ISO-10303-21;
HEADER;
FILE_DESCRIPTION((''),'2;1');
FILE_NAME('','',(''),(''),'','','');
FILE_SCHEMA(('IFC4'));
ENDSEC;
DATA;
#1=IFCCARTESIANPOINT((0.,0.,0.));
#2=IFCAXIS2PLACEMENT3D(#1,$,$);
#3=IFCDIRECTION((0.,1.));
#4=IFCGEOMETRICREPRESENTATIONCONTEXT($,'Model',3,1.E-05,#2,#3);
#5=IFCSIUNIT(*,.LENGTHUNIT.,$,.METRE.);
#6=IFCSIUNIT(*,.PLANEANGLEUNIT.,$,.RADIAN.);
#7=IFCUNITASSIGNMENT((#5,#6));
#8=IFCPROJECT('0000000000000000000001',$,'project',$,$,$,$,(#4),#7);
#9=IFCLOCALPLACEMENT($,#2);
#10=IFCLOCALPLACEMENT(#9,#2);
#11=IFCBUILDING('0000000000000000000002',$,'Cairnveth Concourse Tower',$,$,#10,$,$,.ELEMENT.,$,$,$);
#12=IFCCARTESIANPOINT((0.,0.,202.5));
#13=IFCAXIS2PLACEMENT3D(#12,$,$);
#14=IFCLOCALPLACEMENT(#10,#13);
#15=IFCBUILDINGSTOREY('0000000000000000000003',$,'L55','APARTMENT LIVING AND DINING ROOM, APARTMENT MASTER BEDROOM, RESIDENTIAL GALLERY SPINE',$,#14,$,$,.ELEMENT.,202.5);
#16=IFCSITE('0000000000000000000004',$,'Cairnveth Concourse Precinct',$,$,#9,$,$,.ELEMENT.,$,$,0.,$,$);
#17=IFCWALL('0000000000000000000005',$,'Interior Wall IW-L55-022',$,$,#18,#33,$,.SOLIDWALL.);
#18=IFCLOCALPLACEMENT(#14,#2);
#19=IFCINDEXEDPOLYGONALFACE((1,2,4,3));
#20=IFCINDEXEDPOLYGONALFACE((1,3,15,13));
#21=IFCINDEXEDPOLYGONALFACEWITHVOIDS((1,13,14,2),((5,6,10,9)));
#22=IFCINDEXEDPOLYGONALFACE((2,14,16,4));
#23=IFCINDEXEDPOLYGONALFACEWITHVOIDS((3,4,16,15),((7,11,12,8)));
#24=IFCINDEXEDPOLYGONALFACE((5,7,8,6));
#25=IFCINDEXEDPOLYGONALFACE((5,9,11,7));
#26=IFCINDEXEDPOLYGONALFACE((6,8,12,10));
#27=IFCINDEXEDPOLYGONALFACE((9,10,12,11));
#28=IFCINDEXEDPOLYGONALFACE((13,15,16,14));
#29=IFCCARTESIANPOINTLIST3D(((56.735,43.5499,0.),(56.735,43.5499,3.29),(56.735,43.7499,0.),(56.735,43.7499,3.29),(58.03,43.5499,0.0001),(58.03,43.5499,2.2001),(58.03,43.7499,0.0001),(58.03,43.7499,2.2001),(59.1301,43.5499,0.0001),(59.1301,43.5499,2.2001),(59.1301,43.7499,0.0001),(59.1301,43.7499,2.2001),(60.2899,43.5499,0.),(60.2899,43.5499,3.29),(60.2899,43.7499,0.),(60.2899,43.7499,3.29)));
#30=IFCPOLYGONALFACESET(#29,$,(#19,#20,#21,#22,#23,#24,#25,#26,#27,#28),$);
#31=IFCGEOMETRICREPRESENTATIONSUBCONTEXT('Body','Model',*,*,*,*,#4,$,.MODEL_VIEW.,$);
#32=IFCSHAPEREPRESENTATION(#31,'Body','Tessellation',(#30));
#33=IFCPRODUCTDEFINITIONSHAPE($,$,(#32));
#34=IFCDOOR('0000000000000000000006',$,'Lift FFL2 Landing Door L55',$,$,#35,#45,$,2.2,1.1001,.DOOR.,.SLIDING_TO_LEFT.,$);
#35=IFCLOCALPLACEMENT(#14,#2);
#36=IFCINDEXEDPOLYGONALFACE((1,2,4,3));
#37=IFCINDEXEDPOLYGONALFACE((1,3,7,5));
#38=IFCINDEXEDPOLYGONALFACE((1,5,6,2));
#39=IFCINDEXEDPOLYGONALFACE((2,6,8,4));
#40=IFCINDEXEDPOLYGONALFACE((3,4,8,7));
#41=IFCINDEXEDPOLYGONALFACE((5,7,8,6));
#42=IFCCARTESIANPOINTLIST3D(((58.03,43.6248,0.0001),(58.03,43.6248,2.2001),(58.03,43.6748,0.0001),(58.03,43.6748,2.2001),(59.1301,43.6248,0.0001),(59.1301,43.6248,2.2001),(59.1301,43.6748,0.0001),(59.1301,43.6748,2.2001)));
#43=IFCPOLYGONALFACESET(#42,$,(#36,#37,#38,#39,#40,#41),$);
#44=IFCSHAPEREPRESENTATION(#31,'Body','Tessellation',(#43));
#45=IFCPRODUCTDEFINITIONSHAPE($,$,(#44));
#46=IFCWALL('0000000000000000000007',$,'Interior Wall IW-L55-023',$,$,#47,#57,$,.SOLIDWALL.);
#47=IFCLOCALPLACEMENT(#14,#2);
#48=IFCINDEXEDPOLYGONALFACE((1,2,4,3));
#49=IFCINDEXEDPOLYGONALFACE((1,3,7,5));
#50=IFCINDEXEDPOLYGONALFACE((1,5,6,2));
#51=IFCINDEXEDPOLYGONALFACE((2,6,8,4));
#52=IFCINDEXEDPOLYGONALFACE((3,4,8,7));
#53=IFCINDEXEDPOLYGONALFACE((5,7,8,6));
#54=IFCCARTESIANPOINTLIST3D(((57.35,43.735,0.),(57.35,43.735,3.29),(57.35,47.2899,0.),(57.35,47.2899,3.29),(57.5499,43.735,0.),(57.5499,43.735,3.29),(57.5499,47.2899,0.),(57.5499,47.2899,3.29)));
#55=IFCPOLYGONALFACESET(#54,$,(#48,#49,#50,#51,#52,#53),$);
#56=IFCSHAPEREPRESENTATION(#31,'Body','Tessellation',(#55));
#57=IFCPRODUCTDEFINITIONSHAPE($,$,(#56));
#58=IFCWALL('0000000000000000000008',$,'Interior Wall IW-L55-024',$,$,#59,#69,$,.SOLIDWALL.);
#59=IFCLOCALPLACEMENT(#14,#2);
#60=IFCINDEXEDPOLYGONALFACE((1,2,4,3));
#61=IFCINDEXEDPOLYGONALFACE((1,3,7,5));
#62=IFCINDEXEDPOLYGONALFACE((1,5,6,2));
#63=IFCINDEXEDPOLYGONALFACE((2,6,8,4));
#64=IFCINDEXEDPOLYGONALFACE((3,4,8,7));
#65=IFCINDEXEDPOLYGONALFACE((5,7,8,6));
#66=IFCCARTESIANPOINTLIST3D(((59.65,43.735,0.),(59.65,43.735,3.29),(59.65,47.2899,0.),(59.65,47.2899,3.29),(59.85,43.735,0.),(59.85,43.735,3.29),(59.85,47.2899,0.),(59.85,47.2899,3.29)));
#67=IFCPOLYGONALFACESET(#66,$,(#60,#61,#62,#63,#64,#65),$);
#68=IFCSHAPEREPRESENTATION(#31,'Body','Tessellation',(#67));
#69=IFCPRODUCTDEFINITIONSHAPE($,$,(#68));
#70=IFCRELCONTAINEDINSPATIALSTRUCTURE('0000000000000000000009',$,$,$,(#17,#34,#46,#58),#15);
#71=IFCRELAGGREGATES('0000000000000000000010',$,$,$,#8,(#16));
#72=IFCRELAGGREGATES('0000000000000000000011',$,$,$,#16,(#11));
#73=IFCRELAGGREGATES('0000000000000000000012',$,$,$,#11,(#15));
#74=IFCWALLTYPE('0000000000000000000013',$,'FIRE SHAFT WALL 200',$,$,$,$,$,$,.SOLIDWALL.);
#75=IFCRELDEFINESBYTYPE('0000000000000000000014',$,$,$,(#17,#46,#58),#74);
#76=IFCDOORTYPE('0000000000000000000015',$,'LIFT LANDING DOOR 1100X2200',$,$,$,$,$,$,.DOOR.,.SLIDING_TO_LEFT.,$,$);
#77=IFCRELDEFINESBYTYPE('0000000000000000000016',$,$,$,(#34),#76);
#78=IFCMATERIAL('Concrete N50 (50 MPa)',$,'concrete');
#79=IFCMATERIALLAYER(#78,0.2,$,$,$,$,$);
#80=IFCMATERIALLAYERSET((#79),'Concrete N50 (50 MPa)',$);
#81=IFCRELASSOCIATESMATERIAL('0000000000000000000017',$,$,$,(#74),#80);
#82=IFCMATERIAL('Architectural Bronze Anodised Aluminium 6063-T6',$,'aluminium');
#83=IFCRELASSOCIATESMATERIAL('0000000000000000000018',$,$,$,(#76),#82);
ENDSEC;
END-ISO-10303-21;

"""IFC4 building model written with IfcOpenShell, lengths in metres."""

from ifc_helpers import new_model, si_unit, direction, frame, frame_2d, origin, place, context, subcontext, project, spatial, rectangle, extrude, material, layer, layer_set, type_object, element, fill, save


model = new_model("IFC4")

# Units and contexts
model_context = context("Model", 3, precision=1e-05, world=origin(), true_north=direction((0.0, 1.0)))
body_context = subcontext(model_context, "Body", "Model", "MODEL_VIEW")
ifc_project = project(units=[si_unit("LENGTHUNIT", "METRE"), si_unit("PLANEANGLEUNIT", "RADIAN")], contexts=[model_context])

# Site, building, storey
site_placement = place(None, origin())
site = spatial("IfcSite", under=ifc_project, at=site_placement, Name="Cairnveth Concourse Precinct", CompositionType="ELEMENT", RefElevation=0.0)
building_placement = place(site_placement, origin())
building = spatial("IfcBuilding", under=site, at=building_placement, Name="Cairnveth Concourse Tower", CompositionType="ELEMENT")
storey_placement = place(building_placement, frame((0.0, 0.0, 202.5)))
storey = spatial("IfcBuildingStorey", under=building, at=storey_placement, Name="L55", Description="APARTMENT LIVING AND DINING ROOM, APARTMENT MASTER BEDROOM, RESIDENTIAL GALLERY SPINE", CompositionType="ELEMENT", Elevation=202.5)

# Shared definitions
ifc_material_1 = material(Name="Concrete N50 (50 MPa)", Category="concrete")

# Shared definitions
ifc_layer_1 = layer(ifc_material_1, 0.2)
ifc_layer_set_1 = layer_set([ifc_layer_1], Name="Concrete N50 (50 MPa)")
wall_type_1 = type_object("IfcWallType", Name="FIRE SHAFT WALL 200", PredefinedType="SOLIDWALL", material=ifc_layer_set_1)
ifc_material_2 = material(Name="Architectural Bronze Anodised Aluminium 6063-T6", Category="aluminium")
door_type_1 = type_object("IfcDoorType", Name="LIFT LANDING DOOR 1100X2200", OperationType="SLIDING_TO_LEFT", PredefinedType="DOOR", material=ifc_material_2)

# Wall, opening, door
wall_1_placement = place(storey_placement, frame((56.7351, 43.6499, 0.0), z_axis=(0.0, 0.0, 1.0), x_axis=(1.0, 0.0, 0.0)))
wall_1 = element("IfcWall", 1, at=wall_1_placement, inside=storey, type_object=wall_type_1, Name="Interior Wall IW-L55-022", PredefinedType="SOLIDWALL", context=body_context, shape_type="SweptSolid", body=[
    extrude(rectangle(XDim=3.5549, YDim=0.2, at=frame_2d((1.7773, 0.0))), origin(), (0.0, 0.0, 1.0), 3.29),
])
opening_1_placement = place(wall_1_placement, frame((1.2949, 0.0, 0.0)))
opening_1 = element("IfcOpeningElement", 2, at=opening_1_placement, cuts=wall_1, PredefinedType="OPENING", context=body_context, shape_type="SweptSolid", body=[
    extrude(rectangle(XDim=1.1001, YDim=2.2, at=frame_2d((0.55, 1.1001))), frame((0.0, 0.1099, 0.0), z_axis=(0.0, -1.0, 0.0), x_axis=(1.0, 0.0, 0.0)), (0.0, 0.0, 1.0), 0.22),
])
door_1_placement = place(opening_1_placement, origin())
door_1 = element("IfcDoor", 3, at=door_1_placement, inside=storey, type_object=door_type_1, Name="Lift FFL2 Landing Door L55", OperationType="SLIDING_TO_LEFT", OverallHeight=2.2, OverallWidth=1.1001, PredefinedType="DOOR", context=body_context, shape_type="SweptSolid", body=[
    extrude(rectangle(XDim=1.1001, YDim=2.2, at=frame_2d((0.55, 1.1001))), frame((0.0, 0.0249, 0.0), z_axis=(0.0, -1.0, 0.0), x_axis=(1.0, 0.0, 0.0)), (0.0, 0.0, 1.0), 0.05),
])
fill(opening_1, door_1)

# Walls
for number, where, z_axis, x_axis, name in (
    (4, (57.45, 43.7351, 0.0), (0.0, 0.0, 1.0), (0.0, 1.0, 0.0), "Interior Wall IW-L55-023"),
    (5, (59.75, 43.7351, 0.0), (0.0, 0.0, 1.0), (0.0, 1.0, 0.0), "Interior Wall IW-L55-024"),
):
    element("IfcWall", number, at=place(storey_placement, frame(where, z_axis=z_axis, x_axis=x_axis)), inside=storey, type_object=wall_type_1, Name=name, PredefinedType="SOLIDWALL", context=body_context, shape_type="SweptSolid", body=[
        extrude(rectangle(XDim=3.5549, YDim=0.2, at=frame_2d((1.7773, 0.0))), origin(), (0.0, 0.0, 1.0), 3.29),
    ])

save(model, "model.ifc")
